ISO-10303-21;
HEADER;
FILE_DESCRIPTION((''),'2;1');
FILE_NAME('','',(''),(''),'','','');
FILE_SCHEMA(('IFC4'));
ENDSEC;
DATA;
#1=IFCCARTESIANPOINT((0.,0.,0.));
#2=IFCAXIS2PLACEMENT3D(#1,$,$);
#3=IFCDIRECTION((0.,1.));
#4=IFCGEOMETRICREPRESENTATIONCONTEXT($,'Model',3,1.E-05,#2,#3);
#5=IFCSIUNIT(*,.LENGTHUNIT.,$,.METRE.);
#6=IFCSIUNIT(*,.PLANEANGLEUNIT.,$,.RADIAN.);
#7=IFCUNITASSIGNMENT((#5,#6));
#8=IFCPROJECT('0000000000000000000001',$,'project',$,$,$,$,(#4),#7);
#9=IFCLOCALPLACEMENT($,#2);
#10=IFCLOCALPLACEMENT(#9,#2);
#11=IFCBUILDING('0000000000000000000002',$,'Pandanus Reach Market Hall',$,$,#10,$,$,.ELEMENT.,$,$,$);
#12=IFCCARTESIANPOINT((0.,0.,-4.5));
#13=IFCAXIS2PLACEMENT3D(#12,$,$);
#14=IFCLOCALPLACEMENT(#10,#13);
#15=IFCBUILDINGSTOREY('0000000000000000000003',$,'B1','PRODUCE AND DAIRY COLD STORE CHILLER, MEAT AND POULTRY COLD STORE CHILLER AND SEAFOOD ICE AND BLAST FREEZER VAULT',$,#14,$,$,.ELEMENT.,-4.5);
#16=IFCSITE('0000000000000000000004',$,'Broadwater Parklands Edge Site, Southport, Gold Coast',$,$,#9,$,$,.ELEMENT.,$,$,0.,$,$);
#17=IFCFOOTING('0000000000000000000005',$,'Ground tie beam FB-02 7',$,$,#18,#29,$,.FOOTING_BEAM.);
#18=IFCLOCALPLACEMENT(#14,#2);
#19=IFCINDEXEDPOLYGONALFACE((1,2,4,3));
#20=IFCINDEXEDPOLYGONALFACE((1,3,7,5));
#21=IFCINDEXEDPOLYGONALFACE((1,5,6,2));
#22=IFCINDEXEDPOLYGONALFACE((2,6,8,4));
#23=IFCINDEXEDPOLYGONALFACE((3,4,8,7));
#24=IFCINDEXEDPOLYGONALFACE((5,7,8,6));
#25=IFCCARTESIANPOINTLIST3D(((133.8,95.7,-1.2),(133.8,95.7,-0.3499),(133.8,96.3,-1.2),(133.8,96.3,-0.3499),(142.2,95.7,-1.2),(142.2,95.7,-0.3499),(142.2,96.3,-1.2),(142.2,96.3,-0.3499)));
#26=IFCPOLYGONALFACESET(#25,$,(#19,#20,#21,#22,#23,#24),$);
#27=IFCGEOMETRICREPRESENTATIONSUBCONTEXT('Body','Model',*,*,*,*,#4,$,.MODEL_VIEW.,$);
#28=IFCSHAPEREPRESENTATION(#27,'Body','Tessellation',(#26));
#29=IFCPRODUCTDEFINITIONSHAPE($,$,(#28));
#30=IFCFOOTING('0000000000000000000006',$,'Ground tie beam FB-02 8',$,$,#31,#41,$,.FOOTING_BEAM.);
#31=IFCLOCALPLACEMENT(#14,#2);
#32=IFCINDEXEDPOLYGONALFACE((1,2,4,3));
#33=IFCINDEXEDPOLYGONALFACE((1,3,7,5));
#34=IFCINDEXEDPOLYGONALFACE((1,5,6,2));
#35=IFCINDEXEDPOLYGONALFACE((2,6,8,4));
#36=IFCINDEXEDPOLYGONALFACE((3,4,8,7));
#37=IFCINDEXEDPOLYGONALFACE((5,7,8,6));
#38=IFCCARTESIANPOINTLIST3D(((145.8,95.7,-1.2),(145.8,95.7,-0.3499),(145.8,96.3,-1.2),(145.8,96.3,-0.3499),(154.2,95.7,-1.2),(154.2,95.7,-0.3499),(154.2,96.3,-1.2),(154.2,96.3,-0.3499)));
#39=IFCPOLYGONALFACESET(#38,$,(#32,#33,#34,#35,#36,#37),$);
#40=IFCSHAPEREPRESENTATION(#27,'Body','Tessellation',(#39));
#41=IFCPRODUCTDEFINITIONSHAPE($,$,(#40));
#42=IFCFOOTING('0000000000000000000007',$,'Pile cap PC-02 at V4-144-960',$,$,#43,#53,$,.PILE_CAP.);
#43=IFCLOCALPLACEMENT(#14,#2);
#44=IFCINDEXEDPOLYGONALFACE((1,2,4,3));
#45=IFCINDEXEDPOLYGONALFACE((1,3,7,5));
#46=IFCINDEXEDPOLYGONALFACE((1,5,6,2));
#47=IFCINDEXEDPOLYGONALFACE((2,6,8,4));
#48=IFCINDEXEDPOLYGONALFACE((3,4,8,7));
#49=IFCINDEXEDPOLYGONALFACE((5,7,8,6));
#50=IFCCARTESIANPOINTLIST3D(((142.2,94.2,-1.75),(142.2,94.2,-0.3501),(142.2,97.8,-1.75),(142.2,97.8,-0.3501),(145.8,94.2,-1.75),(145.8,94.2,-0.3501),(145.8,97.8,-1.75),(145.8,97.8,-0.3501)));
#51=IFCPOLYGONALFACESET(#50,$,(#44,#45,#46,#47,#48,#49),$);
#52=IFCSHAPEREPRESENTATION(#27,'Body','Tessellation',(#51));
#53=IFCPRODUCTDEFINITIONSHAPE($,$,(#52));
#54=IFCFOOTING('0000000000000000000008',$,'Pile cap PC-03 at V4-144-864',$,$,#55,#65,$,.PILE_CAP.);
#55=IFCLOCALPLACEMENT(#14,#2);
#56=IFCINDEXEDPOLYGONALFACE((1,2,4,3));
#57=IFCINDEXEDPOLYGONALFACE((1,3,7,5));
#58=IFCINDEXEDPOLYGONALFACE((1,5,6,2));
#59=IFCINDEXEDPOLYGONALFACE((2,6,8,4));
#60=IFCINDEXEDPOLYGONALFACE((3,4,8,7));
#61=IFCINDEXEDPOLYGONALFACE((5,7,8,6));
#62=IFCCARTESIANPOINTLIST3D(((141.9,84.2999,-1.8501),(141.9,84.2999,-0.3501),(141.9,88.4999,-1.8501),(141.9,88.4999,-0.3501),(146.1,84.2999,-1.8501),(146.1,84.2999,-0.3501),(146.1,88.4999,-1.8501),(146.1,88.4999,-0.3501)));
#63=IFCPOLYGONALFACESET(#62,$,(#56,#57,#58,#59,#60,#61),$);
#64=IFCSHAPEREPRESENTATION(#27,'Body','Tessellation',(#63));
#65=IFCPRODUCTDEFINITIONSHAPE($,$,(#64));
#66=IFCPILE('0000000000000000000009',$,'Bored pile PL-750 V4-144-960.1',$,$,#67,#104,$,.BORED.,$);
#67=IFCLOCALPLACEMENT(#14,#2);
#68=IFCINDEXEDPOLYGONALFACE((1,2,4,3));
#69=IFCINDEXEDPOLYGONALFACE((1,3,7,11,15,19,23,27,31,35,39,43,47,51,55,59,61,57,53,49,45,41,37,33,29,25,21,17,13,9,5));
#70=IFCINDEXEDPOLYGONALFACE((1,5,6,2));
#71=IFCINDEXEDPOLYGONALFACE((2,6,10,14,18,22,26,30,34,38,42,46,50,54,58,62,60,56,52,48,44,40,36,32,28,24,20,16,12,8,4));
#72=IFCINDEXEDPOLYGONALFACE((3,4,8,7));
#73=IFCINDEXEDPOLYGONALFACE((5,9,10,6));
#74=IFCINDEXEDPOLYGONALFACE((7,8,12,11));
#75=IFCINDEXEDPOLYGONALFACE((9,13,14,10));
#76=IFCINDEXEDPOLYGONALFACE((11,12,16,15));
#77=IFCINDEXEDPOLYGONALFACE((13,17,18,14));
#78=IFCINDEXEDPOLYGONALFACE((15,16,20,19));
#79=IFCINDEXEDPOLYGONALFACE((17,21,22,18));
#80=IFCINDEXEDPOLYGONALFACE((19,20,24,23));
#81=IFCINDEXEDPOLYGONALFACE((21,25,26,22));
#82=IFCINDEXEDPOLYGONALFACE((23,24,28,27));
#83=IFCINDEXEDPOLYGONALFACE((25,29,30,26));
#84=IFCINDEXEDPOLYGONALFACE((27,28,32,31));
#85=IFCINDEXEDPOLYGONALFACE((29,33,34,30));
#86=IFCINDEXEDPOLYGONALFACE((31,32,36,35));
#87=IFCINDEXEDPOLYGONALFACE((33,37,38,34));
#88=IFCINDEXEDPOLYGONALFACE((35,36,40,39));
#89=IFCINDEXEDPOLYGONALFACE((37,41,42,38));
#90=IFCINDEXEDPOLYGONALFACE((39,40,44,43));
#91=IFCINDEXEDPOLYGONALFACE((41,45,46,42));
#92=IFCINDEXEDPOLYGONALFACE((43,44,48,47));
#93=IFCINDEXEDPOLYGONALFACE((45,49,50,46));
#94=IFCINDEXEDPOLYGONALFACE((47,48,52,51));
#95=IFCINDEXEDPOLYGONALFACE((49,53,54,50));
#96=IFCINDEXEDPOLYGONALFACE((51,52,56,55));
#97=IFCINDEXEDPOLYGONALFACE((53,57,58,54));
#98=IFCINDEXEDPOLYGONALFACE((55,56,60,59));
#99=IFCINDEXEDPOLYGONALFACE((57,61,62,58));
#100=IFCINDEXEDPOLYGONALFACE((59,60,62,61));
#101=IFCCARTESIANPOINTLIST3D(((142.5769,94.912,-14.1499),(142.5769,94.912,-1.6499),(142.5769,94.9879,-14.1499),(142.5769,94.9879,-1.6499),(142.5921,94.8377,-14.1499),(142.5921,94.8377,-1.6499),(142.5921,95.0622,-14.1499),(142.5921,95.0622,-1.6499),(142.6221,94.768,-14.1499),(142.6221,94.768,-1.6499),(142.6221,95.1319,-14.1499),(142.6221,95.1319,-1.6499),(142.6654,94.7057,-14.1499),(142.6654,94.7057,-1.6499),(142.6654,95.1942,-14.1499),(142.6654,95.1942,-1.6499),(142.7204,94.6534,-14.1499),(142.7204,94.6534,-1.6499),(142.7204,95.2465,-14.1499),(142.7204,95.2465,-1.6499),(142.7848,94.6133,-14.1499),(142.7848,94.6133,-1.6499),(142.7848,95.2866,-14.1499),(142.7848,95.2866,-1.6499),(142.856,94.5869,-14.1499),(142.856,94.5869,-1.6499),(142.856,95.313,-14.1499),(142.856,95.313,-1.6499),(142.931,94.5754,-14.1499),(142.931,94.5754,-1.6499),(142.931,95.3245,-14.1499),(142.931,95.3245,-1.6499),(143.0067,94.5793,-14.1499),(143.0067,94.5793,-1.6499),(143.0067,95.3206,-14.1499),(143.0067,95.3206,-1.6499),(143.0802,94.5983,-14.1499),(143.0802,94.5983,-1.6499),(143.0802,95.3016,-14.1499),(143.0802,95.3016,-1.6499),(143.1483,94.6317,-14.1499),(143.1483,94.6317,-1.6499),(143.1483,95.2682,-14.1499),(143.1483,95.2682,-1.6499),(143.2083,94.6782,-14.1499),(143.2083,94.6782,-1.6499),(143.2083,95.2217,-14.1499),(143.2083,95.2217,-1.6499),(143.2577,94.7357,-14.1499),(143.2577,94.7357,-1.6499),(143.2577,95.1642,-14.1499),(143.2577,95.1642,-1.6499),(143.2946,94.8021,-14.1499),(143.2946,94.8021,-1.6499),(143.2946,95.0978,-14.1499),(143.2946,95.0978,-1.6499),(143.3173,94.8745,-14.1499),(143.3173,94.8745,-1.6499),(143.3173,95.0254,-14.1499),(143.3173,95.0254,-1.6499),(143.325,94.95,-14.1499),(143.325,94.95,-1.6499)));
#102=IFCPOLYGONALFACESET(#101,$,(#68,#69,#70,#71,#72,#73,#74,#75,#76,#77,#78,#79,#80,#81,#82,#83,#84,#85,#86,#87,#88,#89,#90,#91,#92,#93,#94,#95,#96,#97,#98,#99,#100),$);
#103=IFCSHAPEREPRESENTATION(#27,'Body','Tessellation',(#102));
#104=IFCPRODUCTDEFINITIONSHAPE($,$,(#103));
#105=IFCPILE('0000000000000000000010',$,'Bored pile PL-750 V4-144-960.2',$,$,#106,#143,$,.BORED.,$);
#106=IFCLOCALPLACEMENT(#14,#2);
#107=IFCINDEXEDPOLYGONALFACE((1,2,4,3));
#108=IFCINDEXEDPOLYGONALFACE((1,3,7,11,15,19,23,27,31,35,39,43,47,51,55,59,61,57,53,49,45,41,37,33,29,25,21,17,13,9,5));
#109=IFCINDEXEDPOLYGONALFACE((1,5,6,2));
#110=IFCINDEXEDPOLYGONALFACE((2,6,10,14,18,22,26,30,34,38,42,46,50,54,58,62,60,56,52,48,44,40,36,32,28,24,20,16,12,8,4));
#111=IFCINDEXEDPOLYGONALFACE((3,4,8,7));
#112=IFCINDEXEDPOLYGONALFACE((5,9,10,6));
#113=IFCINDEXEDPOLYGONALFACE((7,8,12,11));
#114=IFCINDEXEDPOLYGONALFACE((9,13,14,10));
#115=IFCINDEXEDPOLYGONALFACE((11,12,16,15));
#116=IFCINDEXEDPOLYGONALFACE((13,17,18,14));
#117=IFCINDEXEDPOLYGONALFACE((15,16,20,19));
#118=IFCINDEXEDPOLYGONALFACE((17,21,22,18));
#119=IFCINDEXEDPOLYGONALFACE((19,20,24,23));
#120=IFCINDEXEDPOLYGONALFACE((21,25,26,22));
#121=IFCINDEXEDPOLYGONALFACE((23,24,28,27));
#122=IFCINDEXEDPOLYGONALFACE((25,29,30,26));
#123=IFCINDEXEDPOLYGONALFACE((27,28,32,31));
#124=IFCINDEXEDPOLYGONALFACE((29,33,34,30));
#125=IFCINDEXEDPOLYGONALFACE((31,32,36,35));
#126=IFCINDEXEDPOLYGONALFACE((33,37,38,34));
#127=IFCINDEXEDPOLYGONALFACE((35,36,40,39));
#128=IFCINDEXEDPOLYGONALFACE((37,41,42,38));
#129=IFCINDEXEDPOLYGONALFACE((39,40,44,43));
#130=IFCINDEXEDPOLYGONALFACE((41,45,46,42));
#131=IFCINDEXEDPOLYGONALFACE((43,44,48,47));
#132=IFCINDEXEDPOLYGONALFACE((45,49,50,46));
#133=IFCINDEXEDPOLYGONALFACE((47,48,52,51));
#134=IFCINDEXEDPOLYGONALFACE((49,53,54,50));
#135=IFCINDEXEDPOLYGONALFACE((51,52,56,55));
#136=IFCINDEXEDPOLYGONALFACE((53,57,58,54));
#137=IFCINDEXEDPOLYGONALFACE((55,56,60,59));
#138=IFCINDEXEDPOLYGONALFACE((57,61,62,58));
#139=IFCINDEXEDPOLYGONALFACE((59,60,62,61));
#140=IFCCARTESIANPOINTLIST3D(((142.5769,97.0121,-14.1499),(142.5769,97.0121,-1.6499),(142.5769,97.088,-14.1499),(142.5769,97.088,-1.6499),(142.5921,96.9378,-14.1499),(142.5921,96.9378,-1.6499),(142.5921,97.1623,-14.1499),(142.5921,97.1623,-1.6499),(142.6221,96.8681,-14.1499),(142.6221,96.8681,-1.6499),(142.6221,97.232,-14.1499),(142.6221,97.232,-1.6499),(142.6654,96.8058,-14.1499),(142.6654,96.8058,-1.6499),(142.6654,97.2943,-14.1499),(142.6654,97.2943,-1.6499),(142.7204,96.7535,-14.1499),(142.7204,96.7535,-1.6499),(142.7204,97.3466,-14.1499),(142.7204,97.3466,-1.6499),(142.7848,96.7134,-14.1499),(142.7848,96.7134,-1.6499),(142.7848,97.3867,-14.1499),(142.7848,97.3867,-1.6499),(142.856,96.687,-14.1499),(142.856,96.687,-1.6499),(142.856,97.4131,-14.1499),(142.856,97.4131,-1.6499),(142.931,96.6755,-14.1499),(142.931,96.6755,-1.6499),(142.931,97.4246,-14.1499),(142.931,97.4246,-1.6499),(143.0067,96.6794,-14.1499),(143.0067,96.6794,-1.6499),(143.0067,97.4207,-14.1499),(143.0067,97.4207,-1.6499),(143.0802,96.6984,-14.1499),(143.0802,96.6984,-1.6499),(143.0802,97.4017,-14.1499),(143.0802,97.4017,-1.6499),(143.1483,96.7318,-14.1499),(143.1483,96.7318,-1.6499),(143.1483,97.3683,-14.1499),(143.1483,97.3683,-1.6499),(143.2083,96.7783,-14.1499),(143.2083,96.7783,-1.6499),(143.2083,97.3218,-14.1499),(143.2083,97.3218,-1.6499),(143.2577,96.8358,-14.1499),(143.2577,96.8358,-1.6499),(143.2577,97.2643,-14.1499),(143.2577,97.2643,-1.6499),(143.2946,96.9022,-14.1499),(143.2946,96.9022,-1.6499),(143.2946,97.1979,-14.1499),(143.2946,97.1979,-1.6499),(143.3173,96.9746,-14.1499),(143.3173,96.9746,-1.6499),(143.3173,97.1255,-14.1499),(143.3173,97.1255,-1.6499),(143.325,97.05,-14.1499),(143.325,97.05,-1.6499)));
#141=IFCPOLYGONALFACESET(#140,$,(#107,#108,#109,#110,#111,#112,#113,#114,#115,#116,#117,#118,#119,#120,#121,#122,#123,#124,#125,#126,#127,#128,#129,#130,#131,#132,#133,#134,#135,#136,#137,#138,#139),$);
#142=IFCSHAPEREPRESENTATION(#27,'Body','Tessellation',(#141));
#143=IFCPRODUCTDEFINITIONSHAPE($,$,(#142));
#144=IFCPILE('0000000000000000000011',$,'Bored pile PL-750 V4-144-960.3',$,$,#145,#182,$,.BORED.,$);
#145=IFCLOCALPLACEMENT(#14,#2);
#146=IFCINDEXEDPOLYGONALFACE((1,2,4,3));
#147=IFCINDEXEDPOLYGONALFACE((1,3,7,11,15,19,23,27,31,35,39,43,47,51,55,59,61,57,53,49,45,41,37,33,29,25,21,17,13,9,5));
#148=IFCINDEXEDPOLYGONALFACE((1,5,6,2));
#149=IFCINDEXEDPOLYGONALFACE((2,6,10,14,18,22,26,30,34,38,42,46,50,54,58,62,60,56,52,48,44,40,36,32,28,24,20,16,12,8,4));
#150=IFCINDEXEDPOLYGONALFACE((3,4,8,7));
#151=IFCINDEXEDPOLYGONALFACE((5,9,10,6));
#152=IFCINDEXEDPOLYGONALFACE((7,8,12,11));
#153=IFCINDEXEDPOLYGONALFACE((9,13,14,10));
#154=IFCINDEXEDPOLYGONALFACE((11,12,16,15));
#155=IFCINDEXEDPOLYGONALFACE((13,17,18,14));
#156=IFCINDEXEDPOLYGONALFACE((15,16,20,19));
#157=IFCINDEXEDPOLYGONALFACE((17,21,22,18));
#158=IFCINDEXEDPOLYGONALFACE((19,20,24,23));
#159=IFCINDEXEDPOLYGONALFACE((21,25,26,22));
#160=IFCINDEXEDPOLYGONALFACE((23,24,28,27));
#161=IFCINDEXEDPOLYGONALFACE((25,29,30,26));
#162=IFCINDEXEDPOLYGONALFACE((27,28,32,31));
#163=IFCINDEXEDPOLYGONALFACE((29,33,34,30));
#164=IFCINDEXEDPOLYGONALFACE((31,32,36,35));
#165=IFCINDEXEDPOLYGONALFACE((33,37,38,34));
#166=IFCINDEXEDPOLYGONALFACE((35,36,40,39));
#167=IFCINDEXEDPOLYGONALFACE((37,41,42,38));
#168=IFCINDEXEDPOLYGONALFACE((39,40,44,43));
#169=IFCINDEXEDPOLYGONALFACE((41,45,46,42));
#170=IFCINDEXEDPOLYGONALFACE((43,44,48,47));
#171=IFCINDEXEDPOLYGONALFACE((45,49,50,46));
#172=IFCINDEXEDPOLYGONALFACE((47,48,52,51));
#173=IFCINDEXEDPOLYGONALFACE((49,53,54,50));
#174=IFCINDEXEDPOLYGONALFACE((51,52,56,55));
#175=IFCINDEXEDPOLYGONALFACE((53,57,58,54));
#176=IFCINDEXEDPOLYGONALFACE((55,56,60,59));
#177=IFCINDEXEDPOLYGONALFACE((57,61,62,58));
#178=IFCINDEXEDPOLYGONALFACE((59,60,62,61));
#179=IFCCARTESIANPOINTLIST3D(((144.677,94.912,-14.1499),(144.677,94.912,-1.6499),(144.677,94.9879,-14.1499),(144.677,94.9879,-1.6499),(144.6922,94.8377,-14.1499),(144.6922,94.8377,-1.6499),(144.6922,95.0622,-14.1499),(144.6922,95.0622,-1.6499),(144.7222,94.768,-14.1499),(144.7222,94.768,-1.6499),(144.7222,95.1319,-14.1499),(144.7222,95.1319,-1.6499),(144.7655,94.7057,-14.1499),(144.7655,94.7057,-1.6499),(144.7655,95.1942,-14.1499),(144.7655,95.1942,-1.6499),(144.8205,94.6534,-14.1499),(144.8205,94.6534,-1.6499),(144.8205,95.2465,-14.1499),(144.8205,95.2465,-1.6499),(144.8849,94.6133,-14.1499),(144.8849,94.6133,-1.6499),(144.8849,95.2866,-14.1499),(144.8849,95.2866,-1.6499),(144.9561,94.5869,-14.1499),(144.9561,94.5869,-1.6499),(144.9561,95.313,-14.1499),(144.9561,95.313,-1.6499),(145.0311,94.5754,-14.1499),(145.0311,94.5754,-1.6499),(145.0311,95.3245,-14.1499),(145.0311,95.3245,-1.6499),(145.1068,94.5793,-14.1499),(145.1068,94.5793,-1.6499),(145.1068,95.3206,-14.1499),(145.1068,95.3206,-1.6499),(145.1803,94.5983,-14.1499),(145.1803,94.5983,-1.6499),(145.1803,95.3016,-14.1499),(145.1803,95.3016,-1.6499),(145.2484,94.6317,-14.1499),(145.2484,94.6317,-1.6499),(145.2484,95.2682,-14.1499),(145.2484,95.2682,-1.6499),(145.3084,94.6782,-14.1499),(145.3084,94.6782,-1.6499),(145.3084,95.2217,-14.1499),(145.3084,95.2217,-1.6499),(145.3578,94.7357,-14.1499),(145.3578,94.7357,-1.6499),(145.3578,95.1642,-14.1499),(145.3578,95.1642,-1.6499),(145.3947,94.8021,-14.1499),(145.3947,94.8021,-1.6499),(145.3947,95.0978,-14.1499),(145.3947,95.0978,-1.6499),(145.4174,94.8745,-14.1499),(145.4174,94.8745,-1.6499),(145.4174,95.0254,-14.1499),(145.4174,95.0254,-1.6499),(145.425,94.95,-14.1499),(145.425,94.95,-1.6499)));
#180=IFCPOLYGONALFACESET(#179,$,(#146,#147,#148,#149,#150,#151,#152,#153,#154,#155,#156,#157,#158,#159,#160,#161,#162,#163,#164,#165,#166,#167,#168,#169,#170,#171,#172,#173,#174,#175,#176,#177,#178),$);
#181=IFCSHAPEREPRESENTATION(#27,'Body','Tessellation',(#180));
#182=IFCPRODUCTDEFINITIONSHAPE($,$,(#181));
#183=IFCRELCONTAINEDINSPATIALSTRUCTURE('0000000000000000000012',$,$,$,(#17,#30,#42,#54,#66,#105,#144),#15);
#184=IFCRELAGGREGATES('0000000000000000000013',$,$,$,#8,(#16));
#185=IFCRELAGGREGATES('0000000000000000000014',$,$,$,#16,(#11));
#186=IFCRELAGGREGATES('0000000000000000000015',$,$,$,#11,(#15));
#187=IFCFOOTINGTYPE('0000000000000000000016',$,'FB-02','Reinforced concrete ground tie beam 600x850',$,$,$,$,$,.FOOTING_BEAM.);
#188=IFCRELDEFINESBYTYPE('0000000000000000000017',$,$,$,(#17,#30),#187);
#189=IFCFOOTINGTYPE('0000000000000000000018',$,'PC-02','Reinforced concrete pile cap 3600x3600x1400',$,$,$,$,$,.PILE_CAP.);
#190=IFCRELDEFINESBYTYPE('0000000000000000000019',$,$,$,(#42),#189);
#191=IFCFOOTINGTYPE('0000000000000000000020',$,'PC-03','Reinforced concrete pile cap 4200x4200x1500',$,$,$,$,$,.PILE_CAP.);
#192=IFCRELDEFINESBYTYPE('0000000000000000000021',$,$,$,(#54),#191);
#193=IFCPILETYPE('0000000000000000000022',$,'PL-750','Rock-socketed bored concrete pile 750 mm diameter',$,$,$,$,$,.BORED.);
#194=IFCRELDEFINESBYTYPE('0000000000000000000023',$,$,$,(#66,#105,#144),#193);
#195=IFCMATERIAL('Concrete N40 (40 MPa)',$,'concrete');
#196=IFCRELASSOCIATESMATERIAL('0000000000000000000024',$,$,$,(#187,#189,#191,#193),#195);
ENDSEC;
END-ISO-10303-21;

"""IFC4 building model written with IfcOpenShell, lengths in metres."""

from ifc_helpers import new_model, si_unit, direction, frame, origin, origin_2d, place, context, subcontext, project, spatial, rectangle, circle, extrude, material, material_profile, profile_set, type_object, element, save


model = new_model("IFC4")

# Units and contexts
model_context = context("Model", 3, precision=1e-05, world=origin(), true_north=direction((0.0, 1.0)))
body_context = subcontext(model_context, "Body", "Model", "MODEL_VIEW")
ifc_project = project(units=[si_unit("LENGTHUNIT", "METRE"), si_unit("PLANEANGLEUNIT", "RADIAN")], contexts=[model_context])

# Site, building, storey
site_placement = place(None, origin())
site = spatial("IfcSite", under=ifc_project, at=site_placement, Name="Broadwater Parklands Edge Site, Southport, Gold Coast", CompositionType="ELEMENT", RefElevation=0.0)
building_placement = place(site_placement, origin())
building = spatial("IfcBuilding", under=site, at=building_placement, Name="Pandanus Reach Market Hall", CompositionType="ELEMENT")
storey_placement = place(building_placement, frame((0.0, 0.0, -4.5)))
storey = spatial("IfcBuildingStorey", under=building, at=storey_placement, Name="B1", Description="PRODUCE AND DAIRY COLD STORE CHILLER, MEAT AND POULTRY COLD STORE CHILLER AND SEAFOOD ICE AND BLAST FREEZER VAULT", CompositionType="ELEMENT", Elevation=-4.5)

# Footings
ifc_material_1 = material(Name="Concrete N40 (40 MPa)", Category="concrete")
footing_type_1 = type_object("IfcFootingType", Name="FB-02", Description="Reinforced concrete ground tie beam 600x850", PredefinedType="FOOTING_BEAM", material=ifc_material_1)
for number, where, z_axis, x_axis, name in (
    (1, (138.0, 96.0, -1.2), (0.0, 0.0, 1.0), (1.0, 0.0, 0.0), "Ground tie beam FB-02 7"),
    (2, (150.0, 96.0, -1.2), (0.0, 0.0, 1.0), (1.0, 0.0, 0.0), "Ground tie beam FB-02 8"),
):
    element("IfcFooting", number, at=place(storey_placement, frame(where, z_axis=z_axis, x_axis=x_axis)), inside=storey, type_object=footing_type_1, Name=name, PredefinedType="FOOTING_BEAM", context=body_context, shape_type="SweptSolid", body=[
        extrude(rectangle(XDim=8.3999, YDim=0.6001, at=origin_2d()), origin(), (0.0, 0.0, 1.0), 0.8501),
    ])
footing_type_2 = type_object("IfcFootingType", Name="PC-02", Description="Reinforced concrete pile cap 3600x3600x1400", PredefinedType="PILE_CAP", material=ifc_material_1)
footing_1_placement = place(storey_placement, frame((144.0, 96.0, -1.75), z_axis=(0.0, 0.0, 1.0), x_axis=(1.0, 0.0, 0.0)))
element("IfcFooting", 3, at=footing_1_placement, inside=storey, type_object=footing_type_2, Name="Pile cap PC-02 at V4-144-960", PredefinedType="PILE_CAP", context=body_context, shape_type="SweptSolid", body=[
    extrude(rectangle(XDim=3.6001, YDim=3.6001, at=origin_2d()), origin(), (0.0, 0.0, 1.0), 1.3999),
])
footing_type_3 = type_object("IfcFootingType", Name="PC-03", Description="Reinforced concrete pile cap 4200x4200x1500", PredefinedType="PILE_CAP", material=ifc_material_1)
footing_2_placement = place(storey_placement, frame((144.0, 86.3999, -1.8501), z_axis=(0.0, 0.0, 1.0), x_axis=(1.0, 0.0, 0.0)))
element("IfcFooting", 4, at=footing_2_placement, inside=storey, type_object=footing_type_3, Name="Pile cap PC-03 at V4-144-864", PredefinedType="PILE_CAP", context=body_context, shape_type="SweptSolid", body=[
    extrude(rectangle(XDim=4.2, YDim=4.2, at=origin_2d()), origin(), (0.0, 0.0, 1.0), 1.5),
])

# Piles
ifc_material_profile_1 = material_profile(ifc_material_1, circle(Radius=0.375, at=origin_2d()), Name="PILE-750D", Category="LoadBearing")
ifc_profile_set_1 = profile_set([ifc_material_profile_1], Name="Concrete N40 (40 MPa)")
pile_type_1 = type_object("IfcPileType", Name="PL-750", Description="Rock-socketed bored concrete pile 750 mm diameter", PredefinedType="BORED", material=ifc_profile_set_1)
for number, where, z_axis, x_axis, name in (
    (5, (142.95, 94.95, -1.6499), (0.0, 0.0, -1.0), (1.0, 0.0, 0.0), "Bored pile PL-750 V4-144-960.1"),
    (6, (142.95, 97.05, -1.6499), (0.0, 0.0, -1.0), (1.0, 0.0, 0.0), "Bored pile PL-750 V4-144-960.2"),
    (7, (145.05, 94.95, -1.6499), (0.0, 0.0, -1.0), (1.0, 0.0, 0.0), "Bored pile PL-750 V4-144-960.3"),
):
    element("IfcPile", number, at=place(storey_placement, frame(where, z_axis=z_axis, x_axis=x_axis)), inside=storey, type_object=pile_type_1, Name=name, PredefinedType="BORED", context=body_context, shape_type="SweptSolid", body=[
        extrude(circle(Radius=0.375, at=origin_2d()), origin(), (0.0, 0.0, 1.0), 12.5),
    ])

save(model, "model.ifc")
